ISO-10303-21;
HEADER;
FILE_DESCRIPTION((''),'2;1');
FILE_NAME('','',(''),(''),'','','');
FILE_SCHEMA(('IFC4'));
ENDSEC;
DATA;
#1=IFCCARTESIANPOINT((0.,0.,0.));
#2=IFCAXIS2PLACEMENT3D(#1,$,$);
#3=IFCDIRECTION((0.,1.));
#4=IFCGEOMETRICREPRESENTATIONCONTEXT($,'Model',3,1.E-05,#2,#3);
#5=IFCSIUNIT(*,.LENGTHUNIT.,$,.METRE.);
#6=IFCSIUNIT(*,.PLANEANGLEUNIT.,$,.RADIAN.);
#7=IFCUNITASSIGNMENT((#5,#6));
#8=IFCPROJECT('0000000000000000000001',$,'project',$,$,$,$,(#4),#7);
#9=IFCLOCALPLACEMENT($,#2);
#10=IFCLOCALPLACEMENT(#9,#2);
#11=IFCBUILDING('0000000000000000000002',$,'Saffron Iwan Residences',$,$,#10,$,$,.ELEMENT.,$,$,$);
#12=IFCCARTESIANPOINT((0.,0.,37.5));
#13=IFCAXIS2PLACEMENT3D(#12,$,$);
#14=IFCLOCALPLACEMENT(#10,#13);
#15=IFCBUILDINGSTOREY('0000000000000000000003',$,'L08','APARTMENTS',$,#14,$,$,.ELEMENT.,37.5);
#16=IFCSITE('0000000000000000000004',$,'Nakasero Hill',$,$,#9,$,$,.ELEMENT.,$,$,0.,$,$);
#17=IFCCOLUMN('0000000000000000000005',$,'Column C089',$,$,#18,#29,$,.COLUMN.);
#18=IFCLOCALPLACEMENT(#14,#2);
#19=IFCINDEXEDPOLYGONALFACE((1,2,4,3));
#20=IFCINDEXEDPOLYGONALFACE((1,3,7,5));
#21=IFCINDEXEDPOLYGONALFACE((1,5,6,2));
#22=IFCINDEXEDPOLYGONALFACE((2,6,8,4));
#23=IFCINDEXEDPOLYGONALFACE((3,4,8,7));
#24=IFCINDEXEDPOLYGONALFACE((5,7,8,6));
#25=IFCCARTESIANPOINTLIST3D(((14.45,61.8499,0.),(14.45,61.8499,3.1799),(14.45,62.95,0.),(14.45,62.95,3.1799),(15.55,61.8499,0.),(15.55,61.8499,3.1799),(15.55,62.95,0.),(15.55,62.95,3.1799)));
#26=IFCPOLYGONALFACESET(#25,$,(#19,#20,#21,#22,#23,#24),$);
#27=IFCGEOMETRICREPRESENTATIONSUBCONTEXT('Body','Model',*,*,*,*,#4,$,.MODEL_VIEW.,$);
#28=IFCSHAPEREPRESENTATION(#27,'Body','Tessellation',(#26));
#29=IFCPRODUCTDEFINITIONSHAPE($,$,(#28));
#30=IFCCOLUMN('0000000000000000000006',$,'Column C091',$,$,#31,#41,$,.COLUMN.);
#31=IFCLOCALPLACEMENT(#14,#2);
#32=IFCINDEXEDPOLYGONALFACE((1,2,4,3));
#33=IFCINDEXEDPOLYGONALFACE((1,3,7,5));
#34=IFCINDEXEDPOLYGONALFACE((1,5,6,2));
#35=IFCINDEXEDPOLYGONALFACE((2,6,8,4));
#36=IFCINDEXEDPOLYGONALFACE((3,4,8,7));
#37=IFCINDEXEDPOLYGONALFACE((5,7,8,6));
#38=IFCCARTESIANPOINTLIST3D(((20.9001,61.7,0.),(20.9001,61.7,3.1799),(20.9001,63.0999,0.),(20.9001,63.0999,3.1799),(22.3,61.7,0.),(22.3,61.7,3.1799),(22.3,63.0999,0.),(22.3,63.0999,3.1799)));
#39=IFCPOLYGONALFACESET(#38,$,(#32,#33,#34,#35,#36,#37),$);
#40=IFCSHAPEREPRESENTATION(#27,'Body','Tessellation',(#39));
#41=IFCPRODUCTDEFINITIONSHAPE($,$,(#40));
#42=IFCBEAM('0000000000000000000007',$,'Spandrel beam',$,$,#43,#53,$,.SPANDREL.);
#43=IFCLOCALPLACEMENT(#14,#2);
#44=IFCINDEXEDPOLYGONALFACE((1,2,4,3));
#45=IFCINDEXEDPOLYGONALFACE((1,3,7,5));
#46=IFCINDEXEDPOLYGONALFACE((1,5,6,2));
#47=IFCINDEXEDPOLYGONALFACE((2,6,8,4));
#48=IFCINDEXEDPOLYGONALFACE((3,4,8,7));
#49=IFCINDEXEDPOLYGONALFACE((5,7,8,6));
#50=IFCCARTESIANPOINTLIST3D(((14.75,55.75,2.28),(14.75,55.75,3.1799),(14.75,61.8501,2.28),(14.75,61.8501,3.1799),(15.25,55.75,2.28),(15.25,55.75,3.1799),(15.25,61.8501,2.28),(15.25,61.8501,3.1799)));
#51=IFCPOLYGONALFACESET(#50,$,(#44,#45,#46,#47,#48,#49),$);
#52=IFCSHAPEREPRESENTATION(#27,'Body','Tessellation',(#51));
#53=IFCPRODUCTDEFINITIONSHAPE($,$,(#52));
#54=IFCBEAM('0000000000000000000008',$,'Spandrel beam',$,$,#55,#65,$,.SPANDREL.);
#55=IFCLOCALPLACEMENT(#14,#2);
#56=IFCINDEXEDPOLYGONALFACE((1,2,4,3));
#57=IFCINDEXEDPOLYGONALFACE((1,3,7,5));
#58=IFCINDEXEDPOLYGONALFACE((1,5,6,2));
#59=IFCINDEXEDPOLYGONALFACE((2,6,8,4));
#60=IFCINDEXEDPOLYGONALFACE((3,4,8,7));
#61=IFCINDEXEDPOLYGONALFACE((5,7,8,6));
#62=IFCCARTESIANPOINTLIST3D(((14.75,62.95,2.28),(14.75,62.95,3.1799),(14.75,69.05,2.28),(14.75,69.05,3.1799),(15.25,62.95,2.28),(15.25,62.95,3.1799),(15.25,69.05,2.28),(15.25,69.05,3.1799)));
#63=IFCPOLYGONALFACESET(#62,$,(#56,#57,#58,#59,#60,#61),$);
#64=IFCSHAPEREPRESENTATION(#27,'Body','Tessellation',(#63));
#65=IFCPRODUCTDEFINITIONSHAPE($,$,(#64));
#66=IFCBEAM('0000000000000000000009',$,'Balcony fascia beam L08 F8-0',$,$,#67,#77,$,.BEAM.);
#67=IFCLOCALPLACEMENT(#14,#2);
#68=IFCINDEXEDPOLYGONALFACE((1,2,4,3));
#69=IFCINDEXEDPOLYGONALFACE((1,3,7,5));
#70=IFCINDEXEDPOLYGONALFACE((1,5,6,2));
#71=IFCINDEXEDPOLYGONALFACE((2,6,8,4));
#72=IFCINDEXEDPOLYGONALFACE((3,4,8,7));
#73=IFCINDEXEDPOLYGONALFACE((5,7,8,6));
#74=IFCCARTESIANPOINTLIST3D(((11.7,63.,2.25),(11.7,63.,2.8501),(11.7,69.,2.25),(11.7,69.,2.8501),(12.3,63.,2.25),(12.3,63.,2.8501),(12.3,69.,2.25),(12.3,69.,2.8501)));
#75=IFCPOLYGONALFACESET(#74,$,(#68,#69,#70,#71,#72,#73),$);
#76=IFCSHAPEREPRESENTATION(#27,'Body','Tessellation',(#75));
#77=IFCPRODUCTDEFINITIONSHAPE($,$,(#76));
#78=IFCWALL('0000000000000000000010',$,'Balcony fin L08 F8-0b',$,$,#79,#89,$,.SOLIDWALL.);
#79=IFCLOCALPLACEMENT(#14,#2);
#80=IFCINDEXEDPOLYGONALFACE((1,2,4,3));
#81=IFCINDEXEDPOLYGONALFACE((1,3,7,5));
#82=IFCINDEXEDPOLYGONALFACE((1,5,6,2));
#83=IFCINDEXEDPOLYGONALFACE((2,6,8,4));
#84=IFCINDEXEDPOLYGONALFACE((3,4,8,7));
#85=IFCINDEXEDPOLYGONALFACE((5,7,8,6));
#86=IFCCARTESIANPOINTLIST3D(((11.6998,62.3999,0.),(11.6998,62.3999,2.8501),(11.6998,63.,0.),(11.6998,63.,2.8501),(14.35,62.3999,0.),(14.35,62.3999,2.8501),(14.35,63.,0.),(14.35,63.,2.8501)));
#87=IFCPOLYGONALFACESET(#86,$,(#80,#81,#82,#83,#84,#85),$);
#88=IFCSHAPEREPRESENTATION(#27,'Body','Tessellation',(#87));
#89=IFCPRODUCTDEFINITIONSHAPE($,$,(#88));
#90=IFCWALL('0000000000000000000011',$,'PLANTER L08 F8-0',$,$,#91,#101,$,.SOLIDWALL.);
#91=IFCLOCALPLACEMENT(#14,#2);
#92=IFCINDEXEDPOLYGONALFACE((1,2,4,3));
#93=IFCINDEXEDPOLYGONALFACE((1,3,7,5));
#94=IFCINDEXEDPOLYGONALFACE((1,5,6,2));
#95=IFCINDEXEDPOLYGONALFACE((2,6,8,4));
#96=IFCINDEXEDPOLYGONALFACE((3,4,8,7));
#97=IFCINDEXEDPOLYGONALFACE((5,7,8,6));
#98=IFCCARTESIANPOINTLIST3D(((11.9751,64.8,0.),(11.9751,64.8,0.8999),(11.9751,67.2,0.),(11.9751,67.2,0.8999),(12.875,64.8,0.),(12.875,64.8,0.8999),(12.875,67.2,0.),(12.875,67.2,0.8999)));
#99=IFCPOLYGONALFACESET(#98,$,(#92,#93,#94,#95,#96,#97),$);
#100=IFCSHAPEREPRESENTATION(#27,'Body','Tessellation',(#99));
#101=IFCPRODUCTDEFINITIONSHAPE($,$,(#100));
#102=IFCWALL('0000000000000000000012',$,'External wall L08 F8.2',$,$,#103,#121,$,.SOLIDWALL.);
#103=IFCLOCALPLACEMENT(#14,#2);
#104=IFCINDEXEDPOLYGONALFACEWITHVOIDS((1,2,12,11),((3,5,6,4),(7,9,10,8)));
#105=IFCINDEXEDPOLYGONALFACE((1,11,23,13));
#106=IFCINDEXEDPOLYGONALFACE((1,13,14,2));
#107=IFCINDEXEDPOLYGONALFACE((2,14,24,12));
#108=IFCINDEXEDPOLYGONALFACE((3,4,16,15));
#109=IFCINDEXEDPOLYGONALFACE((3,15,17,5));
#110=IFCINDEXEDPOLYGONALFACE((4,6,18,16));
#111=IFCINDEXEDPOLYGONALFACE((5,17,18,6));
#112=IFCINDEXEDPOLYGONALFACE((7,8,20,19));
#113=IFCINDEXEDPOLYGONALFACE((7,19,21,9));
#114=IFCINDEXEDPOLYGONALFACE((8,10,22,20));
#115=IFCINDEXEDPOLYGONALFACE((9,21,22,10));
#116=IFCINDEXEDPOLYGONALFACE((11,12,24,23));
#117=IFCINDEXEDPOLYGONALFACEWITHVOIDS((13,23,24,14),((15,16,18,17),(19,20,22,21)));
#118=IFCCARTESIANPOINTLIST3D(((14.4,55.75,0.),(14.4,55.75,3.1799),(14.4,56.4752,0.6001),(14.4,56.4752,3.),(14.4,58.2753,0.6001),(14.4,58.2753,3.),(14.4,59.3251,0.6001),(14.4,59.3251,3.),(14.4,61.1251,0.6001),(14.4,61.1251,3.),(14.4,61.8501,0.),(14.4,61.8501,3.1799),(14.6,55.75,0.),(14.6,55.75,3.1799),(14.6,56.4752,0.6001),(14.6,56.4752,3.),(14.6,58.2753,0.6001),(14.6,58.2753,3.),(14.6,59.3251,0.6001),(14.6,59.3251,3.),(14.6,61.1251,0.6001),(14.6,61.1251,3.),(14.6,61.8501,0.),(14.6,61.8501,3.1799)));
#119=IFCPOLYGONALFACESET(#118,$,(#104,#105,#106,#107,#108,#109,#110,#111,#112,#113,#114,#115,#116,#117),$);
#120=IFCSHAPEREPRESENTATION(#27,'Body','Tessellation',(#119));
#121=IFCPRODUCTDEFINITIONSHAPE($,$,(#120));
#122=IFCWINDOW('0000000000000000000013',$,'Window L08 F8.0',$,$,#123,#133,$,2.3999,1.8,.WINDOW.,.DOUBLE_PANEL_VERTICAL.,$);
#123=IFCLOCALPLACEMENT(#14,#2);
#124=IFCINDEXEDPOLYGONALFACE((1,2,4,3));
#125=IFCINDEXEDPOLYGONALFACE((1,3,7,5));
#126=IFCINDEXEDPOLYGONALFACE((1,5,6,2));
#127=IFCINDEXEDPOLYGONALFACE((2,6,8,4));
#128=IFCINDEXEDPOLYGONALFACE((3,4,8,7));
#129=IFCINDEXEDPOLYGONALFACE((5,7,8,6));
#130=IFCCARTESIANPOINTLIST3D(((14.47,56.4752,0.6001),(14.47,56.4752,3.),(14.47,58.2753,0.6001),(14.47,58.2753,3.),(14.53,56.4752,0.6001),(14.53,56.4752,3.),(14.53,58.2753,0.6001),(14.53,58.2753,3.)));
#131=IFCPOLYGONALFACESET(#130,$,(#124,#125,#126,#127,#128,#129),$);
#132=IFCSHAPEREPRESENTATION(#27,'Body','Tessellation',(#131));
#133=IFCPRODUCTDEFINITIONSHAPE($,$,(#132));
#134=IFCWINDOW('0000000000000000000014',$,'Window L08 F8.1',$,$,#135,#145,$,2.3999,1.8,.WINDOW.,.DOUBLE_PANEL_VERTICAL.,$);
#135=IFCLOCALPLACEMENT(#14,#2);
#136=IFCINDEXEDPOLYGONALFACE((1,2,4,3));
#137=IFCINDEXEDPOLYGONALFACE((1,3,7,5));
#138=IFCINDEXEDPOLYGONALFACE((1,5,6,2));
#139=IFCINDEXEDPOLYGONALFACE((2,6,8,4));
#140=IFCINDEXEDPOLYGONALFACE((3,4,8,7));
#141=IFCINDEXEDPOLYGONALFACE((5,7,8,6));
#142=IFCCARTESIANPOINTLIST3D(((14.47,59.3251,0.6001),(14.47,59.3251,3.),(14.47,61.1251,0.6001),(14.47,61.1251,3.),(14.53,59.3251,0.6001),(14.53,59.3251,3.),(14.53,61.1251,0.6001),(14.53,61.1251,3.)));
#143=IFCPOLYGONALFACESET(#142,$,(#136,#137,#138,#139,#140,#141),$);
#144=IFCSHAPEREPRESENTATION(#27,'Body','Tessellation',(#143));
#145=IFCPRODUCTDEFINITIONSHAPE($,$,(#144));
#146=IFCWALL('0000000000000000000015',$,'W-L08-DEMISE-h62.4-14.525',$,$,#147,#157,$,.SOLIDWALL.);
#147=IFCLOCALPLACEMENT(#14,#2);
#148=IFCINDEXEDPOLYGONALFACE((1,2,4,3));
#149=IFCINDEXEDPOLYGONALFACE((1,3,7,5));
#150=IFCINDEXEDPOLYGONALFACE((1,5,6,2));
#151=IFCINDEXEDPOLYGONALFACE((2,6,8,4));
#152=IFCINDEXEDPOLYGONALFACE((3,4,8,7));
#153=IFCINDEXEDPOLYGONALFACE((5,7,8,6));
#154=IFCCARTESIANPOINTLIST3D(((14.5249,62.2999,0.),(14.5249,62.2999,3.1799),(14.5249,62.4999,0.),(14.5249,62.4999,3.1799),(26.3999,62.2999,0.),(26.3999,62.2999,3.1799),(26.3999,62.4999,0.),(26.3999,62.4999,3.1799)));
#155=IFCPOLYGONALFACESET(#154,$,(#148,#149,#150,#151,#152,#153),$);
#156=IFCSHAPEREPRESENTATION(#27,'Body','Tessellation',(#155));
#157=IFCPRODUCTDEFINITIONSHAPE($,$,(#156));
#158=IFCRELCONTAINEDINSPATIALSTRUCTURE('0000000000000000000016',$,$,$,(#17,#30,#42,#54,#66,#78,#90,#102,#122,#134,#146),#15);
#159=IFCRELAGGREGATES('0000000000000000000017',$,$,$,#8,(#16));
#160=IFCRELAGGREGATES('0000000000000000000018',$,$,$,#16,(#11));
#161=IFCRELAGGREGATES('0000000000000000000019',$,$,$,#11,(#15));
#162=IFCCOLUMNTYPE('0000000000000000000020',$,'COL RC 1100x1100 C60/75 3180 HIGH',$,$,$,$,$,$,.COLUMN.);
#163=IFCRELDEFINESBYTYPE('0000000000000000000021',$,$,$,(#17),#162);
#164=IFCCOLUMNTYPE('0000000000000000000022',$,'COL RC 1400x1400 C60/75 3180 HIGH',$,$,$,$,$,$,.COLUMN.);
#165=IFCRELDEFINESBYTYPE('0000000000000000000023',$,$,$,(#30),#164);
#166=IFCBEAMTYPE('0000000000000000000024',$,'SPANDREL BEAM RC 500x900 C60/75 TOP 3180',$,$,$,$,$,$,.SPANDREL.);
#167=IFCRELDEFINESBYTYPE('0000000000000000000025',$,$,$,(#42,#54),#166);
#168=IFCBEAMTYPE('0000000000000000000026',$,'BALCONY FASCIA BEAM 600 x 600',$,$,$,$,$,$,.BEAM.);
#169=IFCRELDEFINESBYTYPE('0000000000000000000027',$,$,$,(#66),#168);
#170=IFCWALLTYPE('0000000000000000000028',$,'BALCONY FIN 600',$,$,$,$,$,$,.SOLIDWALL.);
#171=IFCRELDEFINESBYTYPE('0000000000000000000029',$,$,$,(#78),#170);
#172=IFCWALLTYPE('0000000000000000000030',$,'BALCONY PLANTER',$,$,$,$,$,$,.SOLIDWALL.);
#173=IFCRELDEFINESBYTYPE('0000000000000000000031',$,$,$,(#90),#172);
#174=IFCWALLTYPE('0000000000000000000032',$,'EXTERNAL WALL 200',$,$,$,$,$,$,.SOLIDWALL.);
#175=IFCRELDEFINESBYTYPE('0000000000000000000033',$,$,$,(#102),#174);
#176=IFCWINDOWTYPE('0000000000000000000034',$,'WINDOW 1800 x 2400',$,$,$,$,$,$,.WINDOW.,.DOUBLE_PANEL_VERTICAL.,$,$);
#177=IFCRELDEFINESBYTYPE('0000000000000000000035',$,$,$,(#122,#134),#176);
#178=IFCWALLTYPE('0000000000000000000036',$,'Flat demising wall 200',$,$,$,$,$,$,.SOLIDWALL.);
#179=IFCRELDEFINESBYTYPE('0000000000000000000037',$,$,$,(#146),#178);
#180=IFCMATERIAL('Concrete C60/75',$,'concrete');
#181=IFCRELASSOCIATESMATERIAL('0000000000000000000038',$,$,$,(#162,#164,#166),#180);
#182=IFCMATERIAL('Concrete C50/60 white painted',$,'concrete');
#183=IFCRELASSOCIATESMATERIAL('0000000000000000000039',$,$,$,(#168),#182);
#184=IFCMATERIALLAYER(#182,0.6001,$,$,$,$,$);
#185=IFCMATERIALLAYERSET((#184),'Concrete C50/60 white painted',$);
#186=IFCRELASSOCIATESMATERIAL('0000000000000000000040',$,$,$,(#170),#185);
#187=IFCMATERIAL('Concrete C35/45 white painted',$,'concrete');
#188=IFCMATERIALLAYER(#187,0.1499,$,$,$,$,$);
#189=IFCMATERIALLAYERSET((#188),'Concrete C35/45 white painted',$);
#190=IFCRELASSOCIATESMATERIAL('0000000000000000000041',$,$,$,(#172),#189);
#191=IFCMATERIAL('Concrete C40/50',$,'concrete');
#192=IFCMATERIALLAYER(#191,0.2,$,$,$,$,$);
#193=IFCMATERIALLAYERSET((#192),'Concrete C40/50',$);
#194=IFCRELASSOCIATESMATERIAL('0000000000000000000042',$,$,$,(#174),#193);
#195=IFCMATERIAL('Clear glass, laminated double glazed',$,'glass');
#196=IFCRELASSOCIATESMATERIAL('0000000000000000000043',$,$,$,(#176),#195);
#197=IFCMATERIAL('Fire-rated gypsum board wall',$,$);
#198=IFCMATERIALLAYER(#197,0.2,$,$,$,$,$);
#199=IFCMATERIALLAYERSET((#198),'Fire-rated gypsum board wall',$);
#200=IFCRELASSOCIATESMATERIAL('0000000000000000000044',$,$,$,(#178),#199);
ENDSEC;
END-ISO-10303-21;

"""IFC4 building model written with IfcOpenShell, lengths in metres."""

from ifc_helpers import new_model, si_unit, direction, frame, frame_2d, origin, origin_2d, place, context, subcontext, project, spatial, rectangle, extrude, source, transform, mapped, material, layer, layer_set, material_profile, profile_set, type_object, element, fill, save


model = new_model("IFC4")

# Units and contexts
model_context = context("Model", 3, precision=1e-05, world=origin(), true_north=direction((0.0, 1.0)))
body_context = subcontext(model_context, "Body", "Model", "MODEL_VIEW")
ifc_project = project(units=[si_unit("LENGTHUNIT", "METRE"), si_unit("PLANEANGLEUNIT", "RADIAN")], contexts=[model_context])

# Site, building, storey
site_placement = place(None, origin())
site = spatial("IfcSite", under=ifc_project, at=site_placement, Name="Nakasero Hill", CompositionType="ELEMENT", RefElevation=0.0)
building_placement = place(site_placement, origin())
building = spatial("IfcBuilding", under=site, at=building_placement, Name="Saffron Iwan Residences", CompositionType="ELEMENT")
storey_placement = place(building_placement, frame((0.0, 0.0, 37.5)))
storey = spatial("IfcBuildingStorey", under=building, at=storey_placement, Name="L08", Description="APARTMENTS", CompositionType="ELEMENT", Elevation=37.5)

# Columns
ifc_material_1 = material(Name="Concrete C60/75", Category="concrete")
ifc_material_profile_1 = material_profile(ifc_material_1, rectangle(XDim=1.1001, YDim=1.1001, at=origin_2d()), Name="RC 1100x1100")
ifc_profile_set_1 = profile_set([ifc_material_profile_1], Name="Concrete C60/75")
column_type_1 = type_object("IfcColumnType", Name="COL RC 1100x1100 C60/75 3180 HIGH", PredefinedType="COLUMN", material=ifc_profile_set_1)
shared_shape_1 = source(origin(), body_context, "Body", "SweptSolid", [
    extrude(rectangle(XDim=1.1001, YDim=1.1001, at=origin_2d()), origin(), (0.0, 0.0, 1.0), 3.1799),
])
column_1_placement = place(storey_placement, frame((15.0, 62.3999, 0.0), z_axis=(0.0, 0.0, 1.0), x_axis=(1.0, 0.0, 0.0)))
element("IfcColumn", 1, at=column_1_placement, inside=storey, type_object=column_type_1, Name="Column C089", PredefinedType="COLUMN", context=body_context, shape_type="MappedRepresentation", body=[
    mapped(shared_shape_1, transform((0.0, 0.0, 0.0))),
])
ifc_material_profile_2 = material_profile(ifc_material_1, rectangle(XDim=1.3999, YDim=1.3999, at=origin_2d()), Name="RC 1400x1400")
ifc_profile_set_2 = profile_set([ifc_material_profile_2], Name="Concrete C60/75")
column_type_2 = type_object("IfcColumnType", Name="COL RC 1400x1400 C60/75 3180 HIGH", PredefinedType="COLUMN", material=ifc_profile_set_2)
shared_shape_2 = source(origin(), body_context, "Body", "SweptSolid", [
    extrude(rectangle(XDim=1.3999, YDim=1.3999, at=origin_2d()), origin(), (0.0, 0.0, 1.0), 3.1799),
])
column_2_placement = place(storey_placement, frame((21.6001, 62.3999, 0.0), z_axis=(0.0, 0.0, 1.0), x_axis=(1.0, 0.0, 0.0)))
element("IfcColumn", 2, at=column_2_placement, inside=storey, type_object=column_type_2, Name="Column C091", PredefinedType="COLUMN", context=body_context, shape_type="MappedRepresentation", body=[
    mapped(shared_shape_2, transform((0.0, 0.0, 0.0))),
])

# Beams
ifc_material_profile_3 = material_profile(ifc_material_1, rectangle(XDim=0.5, YDim=0.8999, at=origin_2d()), Name="RC 500x900")
ifc_profile_set_3 = profile_set([ifc_material_profile_3], Name="Concrete C60/75")
beam_type_1 = type_object("IfcBeamType", Name="SPANDREL BEAM RC 500x900 C60/75 TOP 3180", PredefinedType="SPANDREL", material=ifc_profile_set_3)
shared_shape_3 = source(origin(), body_context, "Body", "SweptSolid", [
    extrude(rectangle(XDim=0.5, YDim=0.8999, at=origin_2d()), origin(), (0.0, 0.0, 1.0), 6.1001),
])
for number, where, z_axis, x_axis, name in (
    (3, (15.0, 55.75, 2.73), (0.0, 1.0, 0.0), (-1.0, 0.0, 0.0), "Spandrel beam"),
    (4, (15.0, 62.95, 2.73), (0.0, 1.0, 0.0), (-1.0, 0.0, 0.0), "Spandrel beam"),
):
    element("IfcBeam", number, at=place(storey_placement, frame(where, z_axis=z_axis, x_axis=x_axis)), inside=storey, type_object=beam_type_1, Name=name, PredefinedType="SPANDREL", context=body_context, shape_type="MappedRepresentation", body=[
        mapped(shared_shape_3, transform((0.0, 0.0, 0.0))),
    ])
ifc_material_2 = material(Name="Concrete C50/60 white painted", Category="concrete")
ifc_material_profile_4 = material_profile(ifc_material_2, rectangle(XDim=0.6001, YDim=0.6001, at=origin_2d()), Name="BALCONY FASCIA BEAM 600 x 600")
ifc_profile_set_4 = profile_set([ifc_material_profile_4], Name="Concrete C50/60 white painted")
beam_type_2 = type_object("IfcBeamType", Name="BALCONY FASCIA BEAM 600 x 600", PredefinedType="BEAM", material=ifc_profile_set_4)
shared_shape_4 = source(origin(), body_context, "Body", "SweptSolid", [
    extrude(rectangle(XDim=0.6001, YDim=0.6001, at=origin_2d()), origin(), (0.0, 0.0, 1.0), 6.0),
])
beam_placement = place(storey_placement, frame((12.0, 69.0, 2.55), z_axis=(0.0, -1.0, 0.0), x_axis=(1.0, 0.0, 0.0)))
element("IfcBeam", 5, at=beam_placement, inside=storey, type_object=beam_type_2, Name="Balcony fascia beam L08 F8-0", PredefinedType="BEAM", context=body_context, shape_type="MappedRepresentation", body=[
    mapped(shared_shape_4, transform((0.0, 0.0, 0.0))),
])

# Walls
ifc_layer_1 = layer(ifc_material_2, 0.6001)
ifc_layer_set_1 = layer_set([ifc_layer_1], Name="Concrete C50/60 white painted")
wall_type_1 = type_object("IfcWallType", Name="BALCONY FIN 600", PredefinedType="SOLIDWALL", material=ifc_layer_set_1)
wall_1_placement = place(storey_placement, frame((14.3501, 62.7, 0.0), z_axis=(0.0, 0.0, 1.0), x_axis=(-1.0, 0.0, 0.0)))
element("IfcWall", 6, at=wall_1_placement, inside=storey, type_object=wall_type_1, Name="Balcony fin L08 F8-0b", PredefinedType="SOLIDWALL", context=body_context, shape_type="SweptSolid", body=[
    extrude(rectangle(XDim=2.6501, YDim=0.6001, at=frame_2d((1.3252, 0.0))), origin(), (0.0, 0.0, 1.0), 2.8501),
])
ifc_material_3 = material(Name="Concrete C35/45 white painted", Category="concrete")
ifc_layer_2 = layer(ifc_material_3, 0.1499)
ifc_layer_set_2 = layer_set([ifc_layer_2], Name="Concrete C35/45 white painted")
wall_type_2 = type_object("IfcWallType", Name="BALCONY PLANTER", PredefinedType="SOLIDWALL", material=ifc_layer_set_2)
wall_2_placement = place(storey_placement, frame((12.425, 67.2, 0.0), z_axis=(0.0, 0.0, 1.0), x_axis=(0.0, -1.0, 0.0)))
element("IfcWall", 7, at=wall_2_placement, inside=storey, type_object=wall_type_2, Name="PLANTER L08 F8-0", PredefinedType="SOLIDWALL", context=body_context, shape_type="SweptSolid", body=[
    extrude(rectangle(XDim=2.3999, YDim=0.8999, at=frame_2d((1.2, 0.0))), origin(), (0.0, 0.0, 1.0), 0.8999),
])

# Wall, openings, windows
ifc_material_4 = material(Name="Concrete C40/50", Category="concrete")
ifc_layer_3 = layer(ifc_material_4, 0.2)
ifc_layer_set_3 = layer_set([ifc_layer_3], Name="Concrete C40/50")
wall_type_3 = type_object("IfcWallType", Name="EXTERNAL WALL 200", PredefinedType="SOLIDWALL", material=ifc_layer_set_3)
wall_3_placement = place(storey_placement, frame((14.5, 61.8501, 0.0), z_axis=(0.0, 0.0, 1.0), x_axis=(0.0, -1.0, 0.0)))
wall_3 = element("IfcWall", 8, at=wall_3_placement, inside=storey, type_object=wall_type_3, Name="External wall L08 F8.2", PredefinedType="SOLIDWALL", context=body_context, shape_type="SweptSolid", body=[
    extrude(rectangle(XDim=6.1001, YDim=0.2, at=frame_2d((3.05, 0.0))), origin(), (0.0, 0.0, 1.0), 3.1799),
])
opening_1_placement = place(wall_3_placement, frame((3.575, 0.0, 0.6001)))
opening_1 = element("IfcOpeningElement", 9, at=opening_1_placement, cuts=wall_3, PredefinedType="OPENING", context=body_context, shape_type="SweptSolid", body=[
    extrude(rectangle(XDim=1.8, YDim=2.3999, at=frame_2d((0.8999, 1.2))), frame((0.0, 0.1099, 0.0), z_axis=(0.0, -1.0, 0.0), x_axis=(1.0, 0.0, 0.0)), (0.0, 0.0, 1.0), 0.22),
])
opening_2_placement = place(wall_3_placement, frame((0.7251, 0.0, 0.6001)))
opening_2 = element("IfcOpeningElement", 10, at=opening_2_placement, cuts=wall_3, PredefinedType="OPENING", context=body_context, shape_type="SweptSolid", body=[
    extrude(rectangle(XDim=1.8, YDim=2.3999, at=frame_2d((0.8999, 1.2))), frame((0.0, 0.1099, 0.0), z_axis=(0.0, -1.0, 0.0), x_axis=(1.0, 0.0, 0.0)), (0.0, 0.0, 1.0), 0.22),
])
ifc_material_5 = material(Name="Clear glass, laminated double glazed", Category="glass")
window_type = type_object("IfcWindowType", Name="WINDOW 1800 x 2400", PartitioningType="DOUBLE_PANEL_VERTICAL", PredefinedType="WINDOW", material=ifc_material_5)
window_1_placement = place(opening_1_placement, origin())
window_1 = element("IfcWindow", 11, at=window_1_placement, inside=storey, type_object=window_type, Name="Window L08 F8.0", OverallHeight=2.3999, OverallWidth=1.8, PartitioningType="DOUBLE_PANEL_VERTICAL", PredefinedType="WINDOW", context=body_context, shape_type="SweptSolid", body=[
    extrude(rectangle(XDim=1.8, YDim=2.3999, at=frame_2d((0.8999, 1.2))), frame((0.0, 0.03, 0.0), z_axis=(0.0, -1.0, 0.0), x_axis=(1.0, 0.0, 0.0)), (0.0, 0.0, 1.0), 0.0601),
])
fill(opening_1, window_1)
window_2_placement = place(opening_2_placement, origin())
window_2 = element("IfcWindow", 12, at=window_2_placement, inside=storey, type_object=window_type, Name="Window L08 F8.1", OverallHeight=2.3999, OverallWidth=1.8, PartitioningType="DOUBLE_PANEL_VERTICAL", PredefinedType="WINDOW", context=body_context, shape_type="SweptSolid", body=[
    extrude(rectangle(XDim=1.8, YDim=2.3999, at=frame_2d((0.8999, 1.2))), frame((0.0, 0.03, 0.0), z_axis=(0.0, -1.0, 0.0), x_axis=(1.0, 0.0, 0.0)), (0.0, 0.0, 1.0), 0.0601),
])
fill(opening_2, window_2)

# Wall
ifc_material_6 = material(Name="Fire-rated gypsum board wall")
ifc_layer_4 = layer(ifc_material_6, 0.2)
ifc_layer_set_4 = layer_set([ifc_layer_4], Name="Fire-rated gypsum board wall")
wall_type_4 = type_object("IfcWallType", Name="Flat demising wall 200", PredefinedType="SOLIDWALL", material=ifc_layer_set_4)
wall_4_placement = place(storey_placement, frame((14.5249, 62.3999, 0.0), z_axis=(0.0, 0.0, 1.0), x_axis=(1.0, 0.0, 0.0)))
element("IfcWall", 13, at=wall_4_placement, inside=storey, type_object=wall_type_4, Name="W-L08-DEMISE-h62.4-14.525", PredefinedType="SOLIDWALL", context=body_context, shape_type="SweptSolid", body=[
    extrude(rectangle(XDim=11.875, YDim=0.2, at=frame_2d((5.9375, 0.0))), origin(), (0.0, 0.0, 1.0), 3.1799),
])

save(model, "model.ifc")
